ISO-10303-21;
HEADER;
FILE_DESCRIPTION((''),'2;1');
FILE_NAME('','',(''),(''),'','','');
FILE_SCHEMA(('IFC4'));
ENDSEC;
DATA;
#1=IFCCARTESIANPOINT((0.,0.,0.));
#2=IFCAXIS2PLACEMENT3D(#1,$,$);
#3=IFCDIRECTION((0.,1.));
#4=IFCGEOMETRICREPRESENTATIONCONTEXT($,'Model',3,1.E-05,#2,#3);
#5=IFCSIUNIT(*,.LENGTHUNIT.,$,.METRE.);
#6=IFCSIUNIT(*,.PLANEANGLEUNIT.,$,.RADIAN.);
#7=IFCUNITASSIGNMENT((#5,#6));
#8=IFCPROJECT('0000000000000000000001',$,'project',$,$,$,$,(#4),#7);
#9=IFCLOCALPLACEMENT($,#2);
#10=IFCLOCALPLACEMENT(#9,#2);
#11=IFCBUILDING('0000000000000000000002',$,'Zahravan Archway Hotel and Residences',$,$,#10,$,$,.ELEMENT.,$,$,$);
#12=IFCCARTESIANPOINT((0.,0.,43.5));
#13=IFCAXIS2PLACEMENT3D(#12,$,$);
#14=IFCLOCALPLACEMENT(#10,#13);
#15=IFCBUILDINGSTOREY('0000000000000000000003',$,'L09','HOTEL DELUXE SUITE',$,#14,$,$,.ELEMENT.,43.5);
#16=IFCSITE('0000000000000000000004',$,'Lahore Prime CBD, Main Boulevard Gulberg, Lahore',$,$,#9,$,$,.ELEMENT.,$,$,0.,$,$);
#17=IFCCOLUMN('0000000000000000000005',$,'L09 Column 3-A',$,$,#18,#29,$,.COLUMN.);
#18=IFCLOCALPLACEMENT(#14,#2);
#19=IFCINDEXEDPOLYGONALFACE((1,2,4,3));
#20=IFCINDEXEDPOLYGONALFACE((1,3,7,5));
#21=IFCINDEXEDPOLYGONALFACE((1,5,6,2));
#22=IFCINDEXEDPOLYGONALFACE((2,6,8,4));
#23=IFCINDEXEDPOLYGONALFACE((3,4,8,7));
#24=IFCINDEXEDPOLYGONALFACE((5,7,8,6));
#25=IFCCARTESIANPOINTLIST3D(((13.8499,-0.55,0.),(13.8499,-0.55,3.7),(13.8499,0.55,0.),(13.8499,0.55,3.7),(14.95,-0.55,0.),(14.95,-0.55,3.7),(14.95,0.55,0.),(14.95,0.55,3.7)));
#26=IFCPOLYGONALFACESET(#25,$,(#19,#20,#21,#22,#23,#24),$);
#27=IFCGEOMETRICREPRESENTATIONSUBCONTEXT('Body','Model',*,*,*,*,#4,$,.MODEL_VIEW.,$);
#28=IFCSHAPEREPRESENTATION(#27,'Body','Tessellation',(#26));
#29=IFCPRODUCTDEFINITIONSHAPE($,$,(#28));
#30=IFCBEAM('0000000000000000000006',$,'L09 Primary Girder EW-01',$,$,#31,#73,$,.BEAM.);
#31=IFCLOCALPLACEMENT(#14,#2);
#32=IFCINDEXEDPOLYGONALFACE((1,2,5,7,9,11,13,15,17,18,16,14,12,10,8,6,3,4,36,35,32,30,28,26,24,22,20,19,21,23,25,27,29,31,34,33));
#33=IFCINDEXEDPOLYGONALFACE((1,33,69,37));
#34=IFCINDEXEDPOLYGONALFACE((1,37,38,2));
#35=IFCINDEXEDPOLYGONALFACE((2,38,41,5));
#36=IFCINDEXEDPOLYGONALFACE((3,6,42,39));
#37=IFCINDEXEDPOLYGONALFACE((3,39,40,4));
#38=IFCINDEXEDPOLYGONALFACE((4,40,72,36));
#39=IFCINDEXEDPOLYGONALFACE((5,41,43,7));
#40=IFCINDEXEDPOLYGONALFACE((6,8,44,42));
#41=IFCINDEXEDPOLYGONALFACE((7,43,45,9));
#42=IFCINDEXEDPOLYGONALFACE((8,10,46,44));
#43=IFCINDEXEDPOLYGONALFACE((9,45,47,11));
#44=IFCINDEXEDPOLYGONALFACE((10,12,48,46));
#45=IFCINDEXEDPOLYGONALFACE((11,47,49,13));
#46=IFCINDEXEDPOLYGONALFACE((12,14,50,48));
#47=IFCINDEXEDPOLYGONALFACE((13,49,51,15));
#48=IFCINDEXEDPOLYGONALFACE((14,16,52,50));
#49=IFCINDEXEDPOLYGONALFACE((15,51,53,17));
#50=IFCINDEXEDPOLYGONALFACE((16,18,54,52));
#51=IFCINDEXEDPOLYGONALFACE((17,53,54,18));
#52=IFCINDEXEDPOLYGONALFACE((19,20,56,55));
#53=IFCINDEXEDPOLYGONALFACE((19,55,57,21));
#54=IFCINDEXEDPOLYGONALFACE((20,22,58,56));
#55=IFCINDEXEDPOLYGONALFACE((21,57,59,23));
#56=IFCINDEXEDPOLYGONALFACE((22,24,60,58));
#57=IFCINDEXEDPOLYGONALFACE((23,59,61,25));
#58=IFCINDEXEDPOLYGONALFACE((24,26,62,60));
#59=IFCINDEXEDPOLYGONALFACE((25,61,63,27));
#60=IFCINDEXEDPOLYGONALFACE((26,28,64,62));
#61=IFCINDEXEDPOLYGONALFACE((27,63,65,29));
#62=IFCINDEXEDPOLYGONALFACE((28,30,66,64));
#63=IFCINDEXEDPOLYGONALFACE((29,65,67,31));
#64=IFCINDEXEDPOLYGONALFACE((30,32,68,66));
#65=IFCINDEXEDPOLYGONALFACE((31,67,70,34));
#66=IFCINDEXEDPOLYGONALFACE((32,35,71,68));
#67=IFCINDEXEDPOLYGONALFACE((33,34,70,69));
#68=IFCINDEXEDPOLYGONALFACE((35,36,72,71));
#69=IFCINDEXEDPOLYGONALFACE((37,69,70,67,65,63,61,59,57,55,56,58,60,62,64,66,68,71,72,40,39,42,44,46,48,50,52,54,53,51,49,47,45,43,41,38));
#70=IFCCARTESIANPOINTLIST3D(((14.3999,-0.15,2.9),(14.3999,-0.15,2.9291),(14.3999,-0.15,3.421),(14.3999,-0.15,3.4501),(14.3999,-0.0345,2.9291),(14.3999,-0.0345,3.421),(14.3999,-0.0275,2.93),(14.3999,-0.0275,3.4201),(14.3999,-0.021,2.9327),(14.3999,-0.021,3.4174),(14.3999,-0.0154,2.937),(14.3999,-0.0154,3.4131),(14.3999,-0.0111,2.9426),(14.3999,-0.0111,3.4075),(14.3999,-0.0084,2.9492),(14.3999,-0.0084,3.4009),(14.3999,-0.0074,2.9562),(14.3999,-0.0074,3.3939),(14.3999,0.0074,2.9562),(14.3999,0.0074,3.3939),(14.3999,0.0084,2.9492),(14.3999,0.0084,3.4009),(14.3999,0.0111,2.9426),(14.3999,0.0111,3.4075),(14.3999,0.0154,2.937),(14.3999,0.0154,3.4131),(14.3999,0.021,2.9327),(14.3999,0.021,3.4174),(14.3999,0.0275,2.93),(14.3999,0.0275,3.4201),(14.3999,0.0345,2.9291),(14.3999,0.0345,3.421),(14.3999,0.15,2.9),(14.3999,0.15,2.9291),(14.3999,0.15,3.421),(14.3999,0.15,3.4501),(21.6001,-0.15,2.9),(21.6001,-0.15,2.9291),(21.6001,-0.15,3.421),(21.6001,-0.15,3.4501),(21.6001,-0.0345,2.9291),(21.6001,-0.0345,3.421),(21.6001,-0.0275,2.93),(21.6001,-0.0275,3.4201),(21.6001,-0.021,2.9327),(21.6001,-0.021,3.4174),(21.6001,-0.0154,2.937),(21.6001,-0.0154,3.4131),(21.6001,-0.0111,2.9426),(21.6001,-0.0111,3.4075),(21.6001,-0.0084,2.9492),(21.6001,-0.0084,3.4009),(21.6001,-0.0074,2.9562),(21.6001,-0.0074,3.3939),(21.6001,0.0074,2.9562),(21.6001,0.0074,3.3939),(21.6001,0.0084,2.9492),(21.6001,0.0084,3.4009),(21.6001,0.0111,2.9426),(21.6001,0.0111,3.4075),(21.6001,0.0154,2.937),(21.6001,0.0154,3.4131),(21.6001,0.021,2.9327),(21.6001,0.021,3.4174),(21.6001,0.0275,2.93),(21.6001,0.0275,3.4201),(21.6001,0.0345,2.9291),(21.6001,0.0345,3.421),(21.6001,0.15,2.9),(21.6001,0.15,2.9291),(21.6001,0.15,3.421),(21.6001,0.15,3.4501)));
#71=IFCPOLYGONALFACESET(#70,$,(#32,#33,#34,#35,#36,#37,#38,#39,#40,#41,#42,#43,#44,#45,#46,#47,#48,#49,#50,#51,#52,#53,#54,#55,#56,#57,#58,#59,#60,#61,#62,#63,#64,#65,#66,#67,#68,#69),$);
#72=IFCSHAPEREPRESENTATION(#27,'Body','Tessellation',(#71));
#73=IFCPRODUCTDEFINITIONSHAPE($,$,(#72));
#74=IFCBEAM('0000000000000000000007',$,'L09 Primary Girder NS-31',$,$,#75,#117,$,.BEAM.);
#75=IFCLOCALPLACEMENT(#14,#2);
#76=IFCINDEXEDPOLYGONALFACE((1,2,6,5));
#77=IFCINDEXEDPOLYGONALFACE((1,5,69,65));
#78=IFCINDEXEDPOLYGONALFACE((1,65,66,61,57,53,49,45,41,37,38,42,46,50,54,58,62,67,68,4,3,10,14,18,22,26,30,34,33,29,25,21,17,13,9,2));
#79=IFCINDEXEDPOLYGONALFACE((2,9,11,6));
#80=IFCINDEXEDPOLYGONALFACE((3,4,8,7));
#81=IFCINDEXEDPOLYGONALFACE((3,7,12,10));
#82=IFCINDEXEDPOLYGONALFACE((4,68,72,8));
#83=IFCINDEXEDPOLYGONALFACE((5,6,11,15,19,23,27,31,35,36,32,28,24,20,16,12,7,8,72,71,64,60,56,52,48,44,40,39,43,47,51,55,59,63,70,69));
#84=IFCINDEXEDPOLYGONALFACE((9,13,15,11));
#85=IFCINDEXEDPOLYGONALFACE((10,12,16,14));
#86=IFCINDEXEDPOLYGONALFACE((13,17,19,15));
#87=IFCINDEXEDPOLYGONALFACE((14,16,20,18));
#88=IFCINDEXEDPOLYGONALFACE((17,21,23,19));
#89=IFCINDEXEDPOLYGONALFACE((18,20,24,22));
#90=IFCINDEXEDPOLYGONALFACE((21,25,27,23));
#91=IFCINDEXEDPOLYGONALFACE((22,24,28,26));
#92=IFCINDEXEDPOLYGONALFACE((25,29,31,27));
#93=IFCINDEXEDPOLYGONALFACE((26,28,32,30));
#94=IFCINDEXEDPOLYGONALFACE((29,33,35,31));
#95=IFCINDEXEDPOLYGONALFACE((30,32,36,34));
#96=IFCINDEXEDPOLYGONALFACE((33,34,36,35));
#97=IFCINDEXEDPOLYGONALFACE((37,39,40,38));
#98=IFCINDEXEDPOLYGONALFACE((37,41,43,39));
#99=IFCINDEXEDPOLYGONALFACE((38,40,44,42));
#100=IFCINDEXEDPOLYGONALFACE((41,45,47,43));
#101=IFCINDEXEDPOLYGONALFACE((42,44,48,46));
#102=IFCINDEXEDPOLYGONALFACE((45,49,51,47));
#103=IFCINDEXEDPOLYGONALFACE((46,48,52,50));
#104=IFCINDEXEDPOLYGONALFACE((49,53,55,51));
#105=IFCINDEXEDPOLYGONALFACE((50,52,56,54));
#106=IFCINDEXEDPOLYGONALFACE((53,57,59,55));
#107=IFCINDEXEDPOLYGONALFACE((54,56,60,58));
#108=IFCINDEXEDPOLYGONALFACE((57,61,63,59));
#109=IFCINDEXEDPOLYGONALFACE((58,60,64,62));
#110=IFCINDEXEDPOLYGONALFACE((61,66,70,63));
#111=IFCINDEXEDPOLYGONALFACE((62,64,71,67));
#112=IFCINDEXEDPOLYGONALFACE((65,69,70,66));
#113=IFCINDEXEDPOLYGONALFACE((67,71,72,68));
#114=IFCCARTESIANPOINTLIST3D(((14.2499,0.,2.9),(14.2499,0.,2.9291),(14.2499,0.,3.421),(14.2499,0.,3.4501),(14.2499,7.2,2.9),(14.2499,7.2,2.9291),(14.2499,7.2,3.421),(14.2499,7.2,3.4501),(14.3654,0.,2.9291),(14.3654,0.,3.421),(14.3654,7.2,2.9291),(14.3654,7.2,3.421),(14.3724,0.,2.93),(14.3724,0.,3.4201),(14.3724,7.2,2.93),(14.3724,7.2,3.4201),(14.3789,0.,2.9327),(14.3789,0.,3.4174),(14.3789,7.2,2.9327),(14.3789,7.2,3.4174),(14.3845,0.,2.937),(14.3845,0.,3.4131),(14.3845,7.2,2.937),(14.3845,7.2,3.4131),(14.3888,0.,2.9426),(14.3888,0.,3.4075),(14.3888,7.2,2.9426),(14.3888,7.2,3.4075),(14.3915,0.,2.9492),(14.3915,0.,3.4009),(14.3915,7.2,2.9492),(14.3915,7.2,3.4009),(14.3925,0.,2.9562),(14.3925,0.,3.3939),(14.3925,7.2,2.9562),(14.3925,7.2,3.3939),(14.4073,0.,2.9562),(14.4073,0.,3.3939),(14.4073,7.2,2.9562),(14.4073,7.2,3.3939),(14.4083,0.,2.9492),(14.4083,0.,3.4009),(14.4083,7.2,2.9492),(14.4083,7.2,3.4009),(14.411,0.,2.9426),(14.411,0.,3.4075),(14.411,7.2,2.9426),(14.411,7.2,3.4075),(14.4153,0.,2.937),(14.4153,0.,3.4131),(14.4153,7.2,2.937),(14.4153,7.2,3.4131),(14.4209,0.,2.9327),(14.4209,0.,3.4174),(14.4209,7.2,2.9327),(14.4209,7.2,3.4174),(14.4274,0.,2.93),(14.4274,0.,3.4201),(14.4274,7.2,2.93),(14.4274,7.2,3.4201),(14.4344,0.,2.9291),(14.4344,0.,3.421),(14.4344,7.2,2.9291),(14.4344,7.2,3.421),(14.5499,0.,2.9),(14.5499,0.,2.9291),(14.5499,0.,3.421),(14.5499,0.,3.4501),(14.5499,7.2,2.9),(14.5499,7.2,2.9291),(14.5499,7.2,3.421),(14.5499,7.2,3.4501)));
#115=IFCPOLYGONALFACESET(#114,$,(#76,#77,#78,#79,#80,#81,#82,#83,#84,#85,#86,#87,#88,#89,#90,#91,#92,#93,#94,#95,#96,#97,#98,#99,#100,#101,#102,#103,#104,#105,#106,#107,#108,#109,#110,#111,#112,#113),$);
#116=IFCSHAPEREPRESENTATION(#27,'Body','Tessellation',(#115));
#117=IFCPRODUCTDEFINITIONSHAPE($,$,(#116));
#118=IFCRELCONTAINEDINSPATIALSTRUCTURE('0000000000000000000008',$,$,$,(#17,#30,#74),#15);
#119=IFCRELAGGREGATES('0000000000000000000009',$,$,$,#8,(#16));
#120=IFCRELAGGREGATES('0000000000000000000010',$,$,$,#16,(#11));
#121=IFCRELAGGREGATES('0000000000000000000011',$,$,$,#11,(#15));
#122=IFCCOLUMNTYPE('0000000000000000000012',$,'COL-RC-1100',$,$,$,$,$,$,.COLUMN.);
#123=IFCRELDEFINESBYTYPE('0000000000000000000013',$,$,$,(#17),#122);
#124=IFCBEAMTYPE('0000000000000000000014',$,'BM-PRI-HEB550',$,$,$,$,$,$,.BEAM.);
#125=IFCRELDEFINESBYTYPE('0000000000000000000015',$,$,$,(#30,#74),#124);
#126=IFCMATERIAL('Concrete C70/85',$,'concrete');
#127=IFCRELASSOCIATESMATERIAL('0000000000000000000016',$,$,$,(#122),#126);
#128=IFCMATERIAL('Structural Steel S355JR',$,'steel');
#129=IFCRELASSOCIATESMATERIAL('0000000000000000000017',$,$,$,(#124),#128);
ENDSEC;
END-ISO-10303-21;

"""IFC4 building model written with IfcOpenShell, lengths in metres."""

from ifc_helpers import new_model, si_unit, direction, frame, origin, origin_2d, place, context, subcontext, project, spatial, rectangle, i_section, extrude, source, transform, mapped, material, material_profile, profile_set, type_object, type_shapes, element, save


model = new_model("IFC4")

# Units and contexts
model_context = context("Model", 3, precision=1e-05, world=origin(), true_north=direction((0.0, 1.0)))
body_context = subcontext(model_context, "Body", "Model", "MODEL_VIEW")
ifc_project = project(units=[si_unit("LENGTHUNIT", "METRE"), si_unit("PLANEANGLEUNIT", "RADIAN")], contexts=[model_context])

# Site, building, storey
site_placement = place(None, origin())
site = spatial("IfcSite", under=ifc_project, at=site_placement, Name="Lahore Prime CBD, Main Boulevard Gulberg, Lahore", CompositionType="ELEMENT", RefElevation=0.0)
building_placement = place(site_placement, origin())
building = spatial("IfcBuilding", under=site, at=building_placement, Name="Zahravan Archway Hotel and Residences", CompositionType="ELEMENT")
storey_placement = place(building_placement, frame((0.0, 0.0, 43.5)))
storey = spatial("IfcBuildingStorey", under=building, at=storey_placement, Name="L09", Description="HOTEL DELUXE SUITE", CompositionType="ELEMENT", Elevation=43.5)

# Column
ifc_material_1 = material(Name="Concrete C70/85", Category="concrete")
ifc_material_profile_1 = material_profile(ifc_material_1, rectangle(XDim=1.1001, YDim=1.1001, at=origin_2d()), Name="RC 1100x1100", Category="concrete")
ifc_profile_set_1 = profile_set([ifc_material_profile_1], Name="Concrete C70/85")
column_type = type_object("IfcColumnType", Name="COL-RC-1100", PredefinedType="COLUMN", material=ifc_profile_set_1)
shared_shape_1 = source(origin(), body_context, "Body", "SweptSolid", [
    extrude(rectangle(XDim=1.1001, YDim=1.1001, at=origin_2d()), origin(), (0.0, 0.0, 1.0), 3.7),
])
column_placement = place(storey_placement, frame((14.3999, 0.0, 0.0), z_axis=(0.0, 0.0, 1.0), x_axis=(1.0, 0.0, 0.0)))
element("IfcColumn", 1, at=column_placement, inside=storey, type_object=column_type, Name="L09 Column 3-A", PredefinedType="COLUMN", context=body_context, shape_type="MappedRepresentation", body=[
    mapped(shared_shape_1, transform((0.0, 0.0, 0.0), scale=1.0)),
])

# Beams
ifc_material_2 = material(Name="Structural Steel S355JR", Category="steel")
ifc_material_profile_2 = material_profile(ifc_material_2, i_section(OverallWidth=0.3, OverallDepth=0.55, WebThickness=0.0149, FlangeThickness=0.0291, FilletRadius=0.0271, at=origin_2d()), Name="HEB 550", Category="steel")
ifc_profile_set_2 = profile_set([ifc_material_profile_2], Name="Structural Steel S355JR")
beam_type = type_object("IfcBeamType", Name="BM-PRI-HEB550", PredefinedType="BEAM", material=ifc_profile_set_2)
shared_shape_2 = source(origin(), body_context, "Body", "SweptSolid", [
    extrude(i_section(OverallWidth=0.3, OverallDepth=0.55, WebThickness=0.0149, FlangeThickness=0.0291, FilletRadius=0.0271, at=origin_2d()), origin(), (0.0, 0.0, 1.0), 7.2002),
])
type_shapes(beam_type, [shared_shape_2])
beam_1_placement = place(storey_placement, frame((14.3999, 0.0, 3.175), z_axis=(1.0, 0.0, 0.0), x_axis=(0.0, 1.0, 0.0)))
element("IfcBeam", 2, at=beam_1_placement, inside=storey, type_object=beam_type, Name="L09 Primary Girder EW-01", PredefinedType="BEAM", context=body_context, shape_type="MappedRepresentation", body=[
    mapped(shared_shape_2, transform((0.0, 0.0, 0.0), scale=1.0)),
])
shared_shape_3 = source(origin(), body_context, "Body", "SweptSolid", [
    extrude(i_section(OverallWidth=0.3, OverallDepth=0.55, WebThickness=0.0149, FlangeThickness=0.0291, FilletRadius=0.0271, at=origin_2d()), origin(), (0.0, 0.0, 1.0), 7.2),
])
beam_2_placement = place(storey_placement, frame((14.3999, 0.0, 3.175), z_axis=(0.0, 1.0, 0.0), x_axis=(-1.0, 0.0, 0.0)))
element("IfcBeam", 3, at=beam_2_placement, inside=storey, type_object=beam_type, Name="L09 Primary Girder NS-31", PredefinedType="BEAM", context=body_context, shape_type="MappedRepresentation", body=[
    mapped(shared_shape_3, transform((0.0, 0.0, 0.0), scale=1.0)),
])

save(model, "model.ifc")
